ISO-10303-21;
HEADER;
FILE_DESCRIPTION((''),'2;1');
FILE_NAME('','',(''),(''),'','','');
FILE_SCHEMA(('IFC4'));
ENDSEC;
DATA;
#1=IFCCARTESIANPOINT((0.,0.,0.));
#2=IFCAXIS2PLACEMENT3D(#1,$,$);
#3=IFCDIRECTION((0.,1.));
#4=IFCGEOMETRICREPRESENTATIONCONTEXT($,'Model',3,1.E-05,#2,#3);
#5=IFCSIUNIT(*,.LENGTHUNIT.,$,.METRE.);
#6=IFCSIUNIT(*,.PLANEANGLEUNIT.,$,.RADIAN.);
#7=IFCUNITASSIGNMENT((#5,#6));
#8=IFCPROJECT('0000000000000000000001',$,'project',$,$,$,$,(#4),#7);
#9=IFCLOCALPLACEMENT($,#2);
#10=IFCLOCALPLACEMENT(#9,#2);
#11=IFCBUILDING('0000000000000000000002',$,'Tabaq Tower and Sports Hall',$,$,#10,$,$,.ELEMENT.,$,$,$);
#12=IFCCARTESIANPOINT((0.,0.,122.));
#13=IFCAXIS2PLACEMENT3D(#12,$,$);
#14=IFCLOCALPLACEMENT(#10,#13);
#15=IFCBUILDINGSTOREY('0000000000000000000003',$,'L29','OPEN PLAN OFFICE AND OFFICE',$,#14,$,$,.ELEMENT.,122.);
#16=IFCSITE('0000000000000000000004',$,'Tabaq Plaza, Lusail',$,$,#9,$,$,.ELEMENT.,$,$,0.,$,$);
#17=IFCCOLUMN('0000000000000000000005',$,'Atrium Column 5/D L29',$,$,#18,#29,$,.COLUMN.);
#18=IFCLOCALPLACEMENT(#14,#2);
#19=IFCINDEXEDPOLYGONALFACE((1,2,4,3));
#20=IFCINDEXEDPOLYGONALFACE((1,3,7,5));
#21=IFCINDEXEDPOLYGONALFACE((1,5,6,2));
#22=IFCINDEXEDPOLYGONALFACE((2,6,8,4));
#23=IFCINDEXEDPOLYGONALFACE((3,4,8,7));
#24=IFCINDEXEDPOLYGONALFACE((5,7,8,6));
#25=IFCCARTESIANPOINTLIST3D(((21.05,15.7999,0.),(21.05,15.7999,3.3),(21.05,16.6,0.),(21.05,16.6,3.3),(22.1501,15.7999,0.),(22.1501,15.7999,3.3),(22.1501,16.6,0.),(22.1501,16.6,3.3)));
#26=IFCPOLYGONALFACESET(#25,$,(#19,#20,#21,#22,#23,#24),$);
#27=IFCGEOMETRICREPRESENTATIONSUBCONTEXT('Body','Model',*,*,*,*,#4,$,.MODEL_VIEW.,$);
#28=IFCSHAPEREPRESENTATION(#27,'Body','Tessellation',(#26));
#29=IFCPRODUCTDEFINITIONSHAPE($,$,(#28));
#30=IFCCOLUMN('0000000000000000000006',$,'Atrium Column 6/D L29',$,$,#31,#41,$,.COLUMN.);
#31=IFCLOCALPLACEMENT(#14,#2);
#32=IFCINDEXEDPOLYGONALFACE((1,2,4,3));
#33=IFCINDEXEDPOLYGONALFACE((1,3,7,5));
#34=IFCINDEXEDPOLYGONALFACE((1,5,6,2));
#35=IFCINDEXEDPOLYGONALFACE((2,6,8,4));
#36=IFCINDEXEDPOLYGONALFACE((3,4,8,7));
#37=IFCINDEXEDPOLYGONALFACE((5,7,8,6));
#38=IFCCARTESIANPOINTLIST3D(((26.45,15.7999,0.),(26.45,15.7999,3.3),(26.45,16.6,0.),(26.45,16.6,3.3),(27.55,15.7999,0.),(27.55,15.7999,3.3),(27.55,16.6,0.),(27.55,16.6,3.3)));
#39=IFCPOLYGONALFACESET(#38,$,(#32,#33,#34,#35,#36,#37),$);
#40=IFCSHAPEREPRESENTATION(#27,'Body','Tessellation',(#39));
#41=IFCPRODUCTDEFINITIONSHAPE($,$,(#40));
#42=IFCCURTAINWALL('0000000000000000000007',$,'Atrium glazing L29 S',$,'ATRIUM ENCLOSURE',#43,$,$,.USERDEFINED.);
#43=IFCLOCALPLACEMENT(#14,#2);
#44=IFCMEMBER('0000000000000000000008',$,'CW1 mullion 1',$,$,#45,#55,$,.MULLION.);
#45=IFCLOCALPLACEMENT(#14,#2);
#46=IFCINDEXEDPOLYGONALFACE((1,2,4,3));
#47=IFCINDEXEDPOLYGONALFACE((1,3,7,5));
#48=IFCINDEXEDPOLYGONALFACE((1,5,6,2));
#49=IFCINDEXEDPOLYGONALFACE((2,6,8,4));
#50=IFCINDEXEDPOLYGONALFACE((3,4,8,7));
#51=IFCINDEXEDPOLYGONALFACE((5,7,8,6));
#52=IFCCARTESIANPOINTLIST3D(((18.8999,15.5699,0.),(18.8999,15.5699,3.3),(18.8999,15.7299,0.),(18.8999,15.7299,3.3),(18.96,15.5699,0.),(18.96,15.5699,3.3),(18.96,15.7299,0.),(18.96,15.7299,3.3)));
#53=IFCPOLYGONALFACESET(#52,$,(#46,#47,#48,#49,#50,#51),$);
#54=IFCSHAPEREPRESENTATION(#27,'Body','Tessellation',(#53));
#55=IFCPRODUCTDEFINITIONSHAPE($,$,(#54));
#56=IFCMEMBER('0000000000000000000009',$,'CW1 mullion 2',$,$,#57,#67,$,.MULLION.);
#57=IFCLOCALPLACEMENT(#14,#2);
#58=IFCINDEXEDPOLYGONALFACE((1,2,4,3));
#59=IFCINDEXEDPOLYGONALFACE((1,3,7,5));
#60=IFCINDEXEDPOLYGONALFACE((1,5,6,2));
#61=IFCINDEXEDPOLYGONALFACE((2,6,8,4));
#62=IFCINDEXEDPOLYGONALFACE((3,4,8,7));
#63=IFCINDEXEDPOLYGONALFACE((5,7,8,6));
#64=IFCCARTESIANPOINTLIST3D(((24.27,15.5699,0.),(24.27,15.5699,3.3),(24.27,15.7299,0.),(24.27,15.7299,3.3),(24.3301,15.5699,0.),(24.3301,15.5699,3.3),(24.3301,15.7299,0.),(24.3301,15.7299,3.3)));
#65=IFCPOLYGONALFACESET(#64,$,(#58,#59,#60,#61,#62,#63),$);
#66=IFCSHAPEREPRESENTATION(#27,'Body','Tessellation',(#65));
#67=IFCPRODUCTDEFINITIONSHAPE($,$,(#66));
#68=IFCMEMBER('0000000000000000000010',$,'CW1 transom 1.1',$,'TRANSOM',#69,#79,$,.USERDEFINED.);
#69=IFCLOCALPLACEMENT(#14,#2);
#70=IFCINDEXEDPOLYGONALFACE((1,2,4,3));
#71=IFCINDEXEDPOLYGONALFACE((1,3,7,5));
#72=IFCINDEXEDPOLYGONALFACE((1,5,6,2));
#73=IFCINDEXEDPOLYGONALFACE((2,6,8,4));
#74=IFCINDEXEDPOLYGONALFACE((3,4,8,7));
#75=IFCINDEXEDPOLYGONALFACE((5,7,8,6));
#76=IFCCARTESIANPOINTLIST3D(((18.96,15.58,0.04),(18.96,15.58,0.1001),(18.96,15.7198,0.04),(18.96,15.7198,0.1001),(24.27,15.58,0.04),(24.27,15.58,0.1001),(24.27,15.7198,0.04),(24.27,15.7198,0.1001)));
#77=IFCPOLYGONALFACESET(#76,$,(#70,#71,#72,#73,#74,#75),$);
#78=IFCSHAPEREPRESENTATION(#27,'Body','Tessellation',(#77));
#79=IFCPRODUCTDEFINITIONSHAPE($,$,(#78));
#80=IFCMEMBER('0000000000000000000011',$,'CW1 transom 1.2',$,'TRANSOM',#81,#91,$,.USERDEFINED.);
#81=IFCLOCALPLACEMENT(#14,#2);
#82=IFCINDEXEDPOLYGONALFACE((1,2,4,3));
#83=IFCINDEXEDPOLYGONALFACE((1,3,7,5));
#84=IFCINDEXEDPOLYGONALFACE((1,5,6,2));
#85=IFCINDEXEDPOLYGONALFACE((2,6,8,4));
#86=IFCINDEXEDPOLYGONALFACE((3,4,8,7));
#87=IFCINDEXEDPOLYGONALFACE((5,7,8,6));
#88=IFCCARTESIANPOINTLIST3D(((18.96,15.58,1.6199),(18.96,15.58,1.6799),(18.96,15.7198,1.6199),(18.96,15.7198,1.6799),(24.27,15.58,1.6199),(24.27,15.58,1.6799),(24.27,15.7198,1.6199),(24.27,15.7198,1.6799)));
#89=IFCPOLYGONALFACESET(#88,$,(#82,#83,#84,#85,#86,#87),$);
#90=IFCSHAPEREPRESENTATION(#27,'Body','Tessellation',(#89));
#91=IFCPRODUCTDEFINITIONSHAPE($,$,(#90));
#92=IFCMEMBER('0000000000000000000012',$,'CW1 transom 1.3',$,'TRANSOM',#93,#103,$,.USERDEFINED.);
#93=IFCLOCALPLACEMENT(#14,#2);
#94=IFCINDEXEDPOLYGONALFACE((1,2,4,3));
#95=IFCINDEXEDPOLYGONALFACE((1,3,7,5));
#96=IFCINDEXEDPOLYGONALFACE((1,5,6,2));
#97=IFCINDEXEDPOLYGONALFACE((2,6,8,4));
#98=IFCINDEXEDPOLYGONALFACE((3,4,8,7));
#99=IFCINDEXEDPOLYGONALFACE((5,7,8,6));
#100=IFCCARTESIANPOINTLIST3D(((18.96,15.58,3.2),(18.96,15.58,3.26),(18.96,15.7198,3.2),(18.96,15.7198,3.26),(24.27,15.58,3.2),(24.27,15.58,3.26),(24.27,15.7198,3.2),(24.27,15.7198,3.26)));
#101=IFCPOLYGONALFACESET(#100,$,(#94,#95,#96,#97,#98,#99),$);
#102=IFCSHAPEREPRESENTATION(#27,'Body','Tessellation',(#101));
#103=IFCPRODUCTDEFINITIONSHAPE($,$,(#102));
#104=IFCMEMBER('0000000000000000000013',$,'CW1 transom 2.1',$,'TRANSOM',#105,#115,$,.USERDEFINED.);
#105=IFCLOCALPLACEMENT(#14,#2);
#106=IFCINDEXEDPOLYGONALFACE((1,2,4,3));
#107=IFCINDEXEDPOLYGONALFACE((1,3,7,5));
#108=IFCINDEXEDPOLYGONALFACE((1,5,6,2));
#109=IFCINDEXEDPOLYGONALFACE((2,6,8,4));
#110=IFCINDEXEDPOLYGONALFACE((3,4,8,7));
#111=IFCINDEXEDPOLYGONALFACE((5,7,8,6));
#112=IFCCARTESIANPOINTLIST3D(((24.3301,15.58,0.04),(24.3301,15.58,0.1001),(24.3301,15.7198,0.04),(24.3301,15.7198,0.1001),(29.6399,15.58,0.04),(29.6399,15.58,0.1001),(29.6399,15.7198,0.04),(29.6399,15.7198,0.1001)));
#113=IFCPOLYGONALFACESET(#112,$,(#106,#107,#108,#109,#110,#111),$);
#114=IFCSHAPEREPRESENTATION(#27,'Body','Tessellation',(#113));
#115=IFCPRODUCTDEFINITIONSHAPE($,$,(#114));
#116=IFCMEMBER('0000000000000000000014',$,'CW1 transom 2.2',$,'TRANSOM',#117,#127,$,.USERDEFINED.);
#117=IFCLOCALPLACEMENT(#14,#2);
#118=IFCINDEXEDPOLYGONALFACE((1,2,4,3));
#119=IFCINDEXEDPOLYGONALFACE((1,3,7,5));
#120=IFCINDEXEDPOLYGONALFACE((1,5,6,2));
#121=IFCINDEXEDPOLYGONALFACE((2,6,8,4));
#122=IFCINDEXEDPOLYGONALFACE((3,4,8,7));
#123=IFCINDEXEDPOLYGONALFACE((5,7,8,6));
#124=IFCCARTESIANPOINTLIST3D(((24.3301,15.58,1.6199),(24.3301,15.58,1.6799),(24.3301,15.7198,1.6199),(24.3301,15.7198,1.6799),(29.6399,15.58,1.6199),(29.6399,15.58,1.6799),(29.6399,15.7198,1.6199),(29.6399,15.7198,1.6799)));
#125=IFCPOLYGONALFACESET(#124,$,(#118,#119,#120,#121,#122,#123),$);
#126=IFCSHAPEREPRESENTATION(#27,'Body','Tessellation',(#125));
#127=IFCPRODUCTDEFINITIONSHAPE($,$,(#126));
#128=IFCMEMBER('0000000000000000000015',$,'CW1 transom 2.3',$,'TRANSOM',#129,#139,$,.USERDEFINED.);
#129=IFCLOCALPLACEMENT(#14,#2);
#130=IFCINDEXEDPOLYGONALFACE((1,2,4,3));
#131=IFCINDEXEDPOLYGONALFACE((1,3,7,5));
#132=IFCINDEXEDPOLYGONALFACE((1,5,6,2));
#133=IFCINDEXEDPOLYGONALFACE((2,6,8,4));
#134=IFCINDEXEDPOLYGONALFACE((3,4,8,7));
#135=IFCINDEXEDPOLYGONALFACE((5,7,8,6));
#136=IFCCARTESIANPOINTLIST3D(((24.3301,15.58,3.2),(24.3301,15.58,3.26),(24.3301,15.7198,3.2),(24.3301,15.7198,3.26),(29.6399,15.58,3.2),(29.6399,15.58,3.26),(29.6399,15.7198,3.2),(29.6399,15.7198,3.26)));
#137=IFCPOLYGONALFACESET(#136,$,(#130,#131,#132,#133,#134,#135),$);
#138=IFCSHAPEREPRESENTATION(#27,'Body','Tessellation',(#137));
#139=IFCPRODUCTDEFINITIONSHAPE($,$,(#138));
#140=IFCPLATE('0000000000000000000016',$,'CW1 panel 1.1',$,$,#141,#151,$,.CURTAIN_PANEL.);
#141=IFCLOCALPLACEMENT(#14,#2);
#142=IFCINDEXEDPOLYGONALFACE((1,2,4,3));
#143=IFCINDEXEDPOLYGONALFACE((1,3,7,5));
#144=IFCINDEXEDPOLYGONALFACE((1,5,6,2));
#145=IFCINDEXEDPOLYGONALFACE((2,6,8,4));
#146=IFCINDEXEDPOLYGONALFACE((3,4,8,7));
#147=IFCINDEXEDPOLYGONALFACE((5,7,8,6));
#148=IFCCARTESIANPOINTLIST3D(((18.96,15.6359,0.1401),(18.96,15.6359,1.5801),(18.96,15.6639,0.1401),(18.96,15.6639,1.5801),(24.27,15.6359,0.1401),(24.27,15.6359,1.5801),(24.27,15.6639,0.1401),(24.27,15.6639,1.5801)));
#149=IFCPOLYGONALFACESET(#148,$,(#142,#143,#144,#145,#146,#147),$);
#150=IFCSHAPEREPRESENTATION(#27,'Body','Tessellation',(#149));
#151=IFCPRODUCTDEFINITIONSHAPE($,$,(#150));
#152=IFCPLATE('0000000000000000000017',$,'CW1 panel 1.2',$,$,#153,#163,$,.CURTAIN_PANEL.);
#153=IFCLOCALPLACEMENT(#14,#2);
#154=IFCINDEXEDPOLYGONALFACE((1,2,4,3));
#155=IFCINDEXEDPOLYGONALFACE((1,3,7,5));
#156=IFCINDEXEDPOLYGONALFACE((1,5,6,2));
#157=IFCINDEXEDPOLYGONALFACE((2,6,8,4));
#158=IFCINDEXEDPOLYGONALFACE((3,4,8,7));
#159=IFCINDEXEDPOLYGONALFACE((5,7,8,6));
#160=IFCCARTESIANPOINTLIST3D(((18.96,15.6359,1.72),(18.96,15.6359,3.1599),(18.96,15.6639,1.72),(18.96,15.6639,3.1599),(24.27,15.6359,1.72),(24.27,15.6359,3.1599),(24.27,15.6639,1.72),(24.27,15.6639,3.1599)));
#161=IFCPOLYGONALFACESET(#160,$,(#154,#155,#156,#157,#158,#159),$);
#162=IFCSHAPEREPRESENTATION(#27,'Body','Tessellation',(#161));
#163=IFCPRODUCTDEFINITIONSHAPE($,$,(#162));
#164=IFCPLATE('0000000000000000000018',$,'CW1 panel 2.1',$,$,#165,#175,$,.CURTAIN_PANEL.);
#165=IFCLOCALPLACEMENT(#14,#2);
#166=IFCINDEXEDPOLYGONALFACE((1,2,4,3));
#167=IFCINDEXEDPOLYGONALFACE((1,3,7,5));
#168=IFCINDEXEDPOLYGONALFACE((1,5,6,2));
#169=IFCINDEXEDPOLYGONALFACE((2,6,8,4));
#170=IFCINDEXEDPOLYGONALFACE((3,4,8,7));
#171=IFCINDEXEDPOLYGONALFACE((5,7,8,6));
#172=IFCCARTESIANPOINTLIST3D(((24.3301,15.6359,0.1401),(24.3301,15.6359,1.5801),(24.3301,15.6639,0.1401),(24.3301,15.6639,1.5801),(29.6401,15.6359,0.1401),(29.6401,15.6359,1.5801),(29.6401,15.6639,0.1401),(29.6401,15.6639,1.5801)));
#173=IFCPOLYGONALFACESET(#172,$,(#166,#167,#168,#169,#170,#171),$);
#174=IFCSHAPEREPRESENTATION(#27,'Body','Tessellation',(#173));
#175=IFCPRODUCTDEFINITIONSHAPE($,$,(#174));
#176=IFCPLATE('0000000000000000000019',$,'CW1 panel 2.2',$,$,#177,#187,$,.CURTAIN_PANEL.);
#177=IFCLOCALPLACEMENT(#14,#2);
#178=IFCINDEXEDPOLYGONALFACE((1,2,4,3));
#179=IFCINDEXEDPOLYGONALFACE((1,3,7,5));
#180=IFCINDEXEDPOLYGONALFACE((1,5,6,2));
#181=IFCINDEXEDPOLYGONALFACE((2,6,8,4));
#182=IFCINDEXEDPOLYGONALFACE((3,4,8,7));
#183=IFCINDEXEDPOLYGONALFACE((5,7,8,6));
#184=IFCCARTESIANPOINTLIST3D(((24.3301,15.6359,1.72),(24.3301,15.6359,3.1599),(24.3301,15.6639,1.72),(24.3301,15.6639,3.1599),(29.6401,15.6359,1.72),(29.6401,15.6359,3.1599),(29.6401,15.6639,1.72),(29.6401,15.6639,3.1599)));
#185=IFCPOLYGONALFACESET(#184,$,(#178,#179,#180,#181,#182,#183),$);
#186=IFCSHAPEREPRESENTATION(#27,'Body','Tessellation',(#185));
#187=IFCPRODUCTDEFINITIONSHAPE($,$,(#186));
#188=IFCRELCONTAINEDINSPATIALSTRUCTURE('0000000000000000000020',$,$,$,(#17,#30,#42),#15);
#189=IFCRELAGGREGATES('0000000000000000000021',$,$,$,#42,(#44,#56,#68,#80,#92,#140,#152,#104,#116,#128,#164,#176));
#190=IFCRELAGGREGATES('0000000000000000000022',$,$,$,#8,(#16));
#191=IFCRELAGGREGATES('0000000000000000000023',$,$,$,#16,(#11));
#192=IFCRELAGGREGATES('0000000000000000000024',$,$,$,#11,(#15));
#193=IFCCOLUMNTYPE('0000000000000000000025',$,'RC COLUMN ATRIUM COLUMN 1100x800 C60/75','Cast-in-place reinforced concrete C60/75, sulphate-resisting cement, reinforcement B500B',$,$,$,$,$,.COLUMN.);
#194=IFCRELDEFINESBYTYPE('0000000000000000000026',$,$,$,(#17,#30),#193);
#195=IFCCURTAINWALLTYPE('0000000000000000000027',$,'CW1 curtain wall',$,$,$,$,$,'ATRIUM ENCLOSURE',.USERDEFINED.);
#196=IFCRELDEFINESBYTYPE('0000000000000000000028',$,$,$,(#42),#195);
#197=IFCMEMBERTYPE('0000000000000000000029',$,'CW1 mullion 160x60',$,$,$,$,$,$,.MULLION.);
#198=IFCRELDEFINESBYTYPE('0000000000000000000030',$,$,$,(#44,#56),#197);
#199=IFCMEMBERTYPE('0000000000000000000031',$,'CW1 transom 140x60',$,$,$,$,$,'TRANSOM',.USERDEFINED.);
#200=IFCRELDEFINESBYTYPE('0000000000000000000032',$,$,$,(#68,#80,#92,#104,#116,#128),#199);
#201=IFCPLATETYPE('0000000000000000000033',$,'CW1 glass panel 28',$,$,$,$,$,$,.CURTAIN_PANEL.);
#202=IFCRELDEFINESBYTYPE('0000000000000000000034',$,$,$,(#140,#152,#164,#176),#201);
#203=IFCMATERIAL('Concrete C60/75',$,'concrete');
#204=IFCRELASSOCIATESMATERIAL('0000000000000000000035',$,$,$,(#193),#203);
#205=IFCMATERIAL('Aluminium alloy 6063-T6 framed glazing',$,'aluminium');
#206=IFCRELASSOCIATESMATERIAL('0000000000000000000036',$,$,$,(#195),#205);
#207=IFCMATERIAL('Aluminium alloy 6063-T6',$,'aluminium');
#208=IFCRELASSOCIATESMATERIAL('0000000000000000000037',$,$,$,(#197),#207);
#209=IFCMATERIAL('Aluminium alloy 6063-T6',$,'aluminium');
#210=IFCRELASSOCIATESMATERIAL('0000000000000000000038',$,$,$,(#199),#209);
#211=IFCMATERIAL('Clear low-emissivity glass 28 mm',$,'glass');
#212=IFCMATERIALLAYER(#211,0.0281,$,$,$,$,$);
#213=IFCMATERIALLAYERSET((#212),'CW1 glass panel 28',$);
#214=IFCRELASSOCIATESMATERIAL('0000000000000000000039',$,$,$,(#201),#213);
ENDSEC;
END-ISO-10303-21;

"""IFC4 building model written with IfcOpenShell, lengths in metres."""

from ifc_helpers import new_model, si_unit, direction, frame, origin, origin_2d, place, context, subcontext, project, spatial, rectangle, extrude, material, layer, layer_set, material_profile, profile_set, type_object, element, aggregate, save


model = new_model("IFC4")

# Units and contexts
model_context = context("Model", 3, precision=1e-05, world=origin(), true_north=direction((0.0, 1.0)))
body_context = subcontext(model_context, "Body", "Model", "MODEL_VIEW")
ifc_project = project(units=[si_unit("LENGTHUNIT", "METRE"), si_unit("PLANEANGLEUNIT", "RADIAN")], contexts=[model_context])

# Site, building, storey
site_placement = place(None, origin())
site = spatial("IfcSite", under=ifc_project, at=site_placement, Name="Tabaq Plaza, Lusail", CompositionType="ELEMENT", RefElevation=0.0)
building_placement = place(site_placement, origin())
building = spatial("IfcBuilding", under=site, at=building_placement, Name="Tabaq Tower and Sports Hall", CompositionType="ELEMENT")
storey_placement = place(building_placement, frame((0.0, 0.0, 122.0)))
storey = spatial("IfcBuildingStorey", under=building, at=storey_placement, Name="L29", Description="OPEN PLAN OFFICE AND OFFICE", CompositionType="ELEMENT", Elevation=122.0)

# Columns
ifc_material_1 = material(Name="Concrete C60/75", Category="concrete")
ifc_material_profile_1 = material_profile(ifc_material_1, rectangle(XDim=1.1001, YDim=0.8, at=origin_2d()), Name="ATRIUM COLUMN 1100x800")
ifc_profile_set_1 = profile_set([ifc_material_profile_1], Name="Concrete C60/75")
column_type = type_object("IfcColumnType", Name="RC COLUMN ATRIUM COLUMN 1100x800 C60/75", Description="Cast-in-place reinforced concrete C60/75, sulphate-resisting cement, reinforcement B500B", PredefinedType="COLUMN", material=ifc_profile_set_1)
for number, where, z_axis, x_axis, name in (
    (1, (21.6001, 16.2, 0.0), (0.0, 0.0, 1.0), (1.0, 0.0, 0.0), "Atrium Column 5/D L29"),
    (2, (27.0, 16.2, 0.0), (0.0, 0.0, 1.0), (1.0, 0.0, 0.0), "Atrium Column 6/D L29"),
):
    element("IfcColumn", number, at=place(storey_placement, frame(where, z_axis=z_axis, x_axis=x_axis)), inside=storey, type_object=column_type, Name=name, PredefinedType="COLUMN", context=body_context, shape_type="SweptSolid", body=[
        extrude(rectangle(XDim=1.1001, YDim=0.8, at=origin_2d()), origin(), (0.0, 0.0, 1.0), 3.3),
    ])

# Curtain wall, members, plates
ifc_material_2 = material(Name="Aluminium alloy 6063-T6 framed glazing", Category="aluminium")
curtain_wall_type = type_object("IfcCurtainWallType", Name="CW1 curtain wall", ElementType="ATRIUM ENCLOSURE", PredefinedType="USERDEFINED", material=ifc_material_2)
curtain_wall_placement = place(storey_placement, origin())
curtain_wall = element("IfcCurtainWall", 3, at=curtain_wall_placement, inside=storey, type_object=curtain_wall_type, Name="Atrium glazing L29 S", ObjectType="ATRIUM ENCLOSURE", PredefinedType="USERDEFINED")
ifc_material_3 = material(Name="Aluminium alloy 6063-T6", Category="aluminium")
ifc_material_profile_2 = material_profile(ifc_material_3, rectangle(XDim=0.1599, YDim=0.0601, at=origin_2d()), Name="MULLION 160x60")
ifc_profile_set_2 = profile_set([ifc_material_profile_2], Name="Aluminium alloy 6063-T6")
member_type_1 = type_object("IfcMemberType", Name="CW1 mullion 160x60", PredefinedType="MULLION", material=ifc_profile_set_2)
member_1_placement = place(storey_placement, frame((18.9299, 15.6499, 0.0), z_axis=(0.0, 0.0, 1.0), x_axis=(0.0, 1.0, 0.0)))
member_1 = element("IfcMember", 4, at=member_1_placement, type_object=member_type_1, Name="CW1 mullion 1", PredefinedType="MULLION", context=body_context, shape_type="SweptSolid", body=[
    extrude(rectangle(XDim=0.1599, YDim=0.0601, at=origin_2d()), origin(), (0.0, 0.0, 1.0), 3.3),
])
member_2_placement = place(storey_placement, frame((24.3, 15.6499, 0.0), z_axis=(0.0, 0.0, 1.0), x_axis=(0.0, 1.0, 0.0)))
member_2 = element("IfcMember", 5, at=member_2_placement, type_object=member_type_1, Name="CW1 mullion 2", PredefinedType="MULLION", context=body_context, shape_type="SweptSolid", body=[
    extrude(rectangle(XDim=0.1599, YDim=0.0601, at=origin_2d()), origin(), (0.0, 0.0, 1.0), 3.3),
])
ifc_material_4 = material(Name="Aluminium alloy 6063-T6", Category="aluminium")
ifc_material_profile_3 = material_profile(ifc_material_4, rectangle(XDim=0.1399, YDim=0.0601, at=origin_2d()), Name="TRANSOM 140x60")
ifc_profile_set_3 = profile_set([ifc_material_profile_3], Name="Aluminium alloy 6063-T6")
member_type_2 = type_object("IfcMemberType", Name="CW1 transom 140x60", ElementType="TRANSOM", PredefinedType="USERDEFINED", material=ifc_profile_set_3)
member_3_placement = place(storey_placement, frame((18.96, 15.6499, 0.0701), z_axis=(1.0, 0.0, 0.0), x_axis=(0.0, 1.0, 0.0)))
member_3 = element("IfcMember", 6, at=member_3_placement, type_object=member_type_2, Name="CW1 transom 1.1", ObjectType="TRANSOM", PredefinedType="USERDEFINED", context=body_context, shape_type="SweptSolid", body=[
    extrude(rectangle(XDim=0.1399, YDim=0.0601, at=origin_2d()), origin(), (0.0, 0.0, 1.0), 5.3101),
])
member_4_placement = place(storey_placement, frame((18.96, 15.6499, 1.6499), z_axis=(1.0, 0.0, 0.0), x_axis=(0.0, 1.0, 0.0)))
member_4 = element("IfcMember", 7, at=member_4_placement, type_object=member_type_2, Name="CW1 transom 1.2", ObjectType="TRANSOM", PredefinedType="USERDEFINED", context=body_context, shape_type="SweptSolid", body=[
    extrude(rectangle(XDim=0.1399, YDim=0.0601, at=origin_2d()), origin(), (0.0, 0.0, 1.0), 5.3101),
])
member_5_placement = place(storey_placement, frame((18.96, 15.6499, 3.23), z_axis=(1.0, 0.0, 0.0), x_axis=(0.0, 1.0, 0.0)))
member_5 = element("IfcMember", 8, at=member_5_placement, type_object=member_type_2, Name="CW1 transom 1.3", ObjectType="TRANSOM", PredefinedType="USERDEFINED", context=body_context, shape_type="SweptSolid", body=[
    extrude(rectangle(XDim=0.1399, YDim=0.0601, at=origin_2d()), origin(), (0.0, 0.0, 1.0), 5.3101),
])
member_6_placement = place(storey_placement, frame((24.3301, 15.6499, 0.0701), z_axis=(1.0, 0.0, 0.0), x_axis=(0.0, 1.0, 0.0)))
member_6 = element("IfcMember", 9, at=member_6_placement, type_object=member_type_2, Name="CW1 transom 2.1", ObjectType="TRANSOM", PredefinedType="USERDEFINED", context=body_context, shape_type="SweptSolid", body=[
    extrude(rectangle(XDim=0.1399, YDim=0.0601, at=origin_2d()), origin(), (0.0, 0.0, 1.0), 5.3098),
])
member_7_placement = place(storey_placement, frame((24.3301, 15.6499, 1.6499), z_axis=(1.0, 0.0, 0.0), x_axis=(0.0, 1.0, 0.0)))
member_7 = element("IfcMember", 10, at=member_7_placement, type_object=member_type_2, Name="CW1 transom 2.2", ObjectType="TRANSOM", PredefinedType="USERDEFINED", context=body_context, shape_type="SweptSolid", body=[
    extrude(rectangle(XDim=0.1399, YDim=0.0601, at=origin_2d()), origin(), (0.0, 0.0, 1.0), 5.3098),
])
member_8_placement = place(storey_placement, frame((24.3301, 15.6499, 3.23), z_axis=(1.0, 0.0, 0.0), x_axis=(0.0, 1.0, 0.0)))
member_8 = element("IfcMember", 11, at=member_8_placement, type_object=member_type_2, Name="CW1 transom 2.3", ObjectType="TRANSOM", PredefinedType="USERDEFINED", context=body_context, shape_type="SweptSolid", body=[
    extrude(rectangle(XDim=0.1399, YDim=0.0601, at=origin_2d()), origin(), (0.0, 0.0, 1.0), 5.3098),
])
ifc_material_5 = material(Name="Clear low-emissivity glass 28 mm", Category="glass")
ifc_layer_1 = layer(ifc_material_5, 0.0281)
ifc_layer_set_1 = layer_set([ifc_layer_1], Name="CW1 glass panel 28")
plate_type = type_object("IfcPlateType", Name="CW1 glass panel 28", PredefinedType="CURTAIN_PANEL", material=ifc_layer_set_1)
plate_1_placement = place(storey_placement, frame((21.615, 15.6499, 0.1401), z_axis=(0.0, 0.0, 1.0), x_axis=(1.0, 0.0, 0.0)))
plate_1 = element("IfcPlate", 12, at=plate_1_placement, type_object=plate_type, Name="CW1 panel 1.1", PredefinedType="CURTAIN_PANEL", context=body_context, shape_type="SweptSolid", body=[
    extrude(rectangle(XDim=5.3101, YDim=0.0281, at=origin_2d()), origin(), (0.0, 0.0, 1.0), 1.4399),
])
plate_2_placement = place(storey_placement, frame((21.615, 15.6499, 1.72), z_axis=(0.0, 0.0, 1.0), x_axis=(1.0, 0.0, 0.0)))
plate_2 = element("IfcPlate", 13, at=plate_2_placement, type_object=plate_type, Name="CW1 panel 1.2", PredefinedType="CURTAIN_PANEL", context=body_context, shape_type="SweptSolid", body=[
    extrude(rectangle(XDim=5.3101, YDim=0.0281, at=origin_2d()), origin(), (0.0, 0.0, 1.0), 1.4399),
])
plate_3_placement = place(storey_placement, frame((26.9851, 15.6499, 0.1401), z_axis=(0.0, 0.0, 1.0), x_axis=(1.0, 0.0, 0.0)))
plate_3 = element("IfcPlate", 14, at=plate_3_placement, type_object=plate_type, Name="CW1 panel 2.1", PredefinedType="CURTAIN_PANEL", context=body_context, shape_type="SweptSolid", body=[
    extrude(rectangle(XDim=5.3101, YDim=0.0281, at=origin_2d()), origin(), (0.0, 0.0, 1.0), 1.4399),
])
plate_4_placement = place(storey_placement, frame((26.9851, 15.6499, 1.72), z_axis=(0.0, 0.0, 1.0), x_axis=(1.0, 0.0, 0.0)))
plate_4 = element("IfcPlate", 15, at=plate_4_placement, type_object=plate_type, Name="CW1 panel 2.2", PredefinedType="CURTAIN_PANEL", context=body_context, shape_type="SweptSolid", body=[
    extrude(rectangle(XDim=5.3101, YDim=0.0281, at=origin_2d()), origin(), (0.0, 0.0, 1.0), 1.4399),
])
aggregate(curtain_wall, [member_1, member_2, member_3, member_4, member_5, plate_1, plate_2, member_6, member_7, member_8, plate_3, plate_4])

save(model, "model.ifc")
